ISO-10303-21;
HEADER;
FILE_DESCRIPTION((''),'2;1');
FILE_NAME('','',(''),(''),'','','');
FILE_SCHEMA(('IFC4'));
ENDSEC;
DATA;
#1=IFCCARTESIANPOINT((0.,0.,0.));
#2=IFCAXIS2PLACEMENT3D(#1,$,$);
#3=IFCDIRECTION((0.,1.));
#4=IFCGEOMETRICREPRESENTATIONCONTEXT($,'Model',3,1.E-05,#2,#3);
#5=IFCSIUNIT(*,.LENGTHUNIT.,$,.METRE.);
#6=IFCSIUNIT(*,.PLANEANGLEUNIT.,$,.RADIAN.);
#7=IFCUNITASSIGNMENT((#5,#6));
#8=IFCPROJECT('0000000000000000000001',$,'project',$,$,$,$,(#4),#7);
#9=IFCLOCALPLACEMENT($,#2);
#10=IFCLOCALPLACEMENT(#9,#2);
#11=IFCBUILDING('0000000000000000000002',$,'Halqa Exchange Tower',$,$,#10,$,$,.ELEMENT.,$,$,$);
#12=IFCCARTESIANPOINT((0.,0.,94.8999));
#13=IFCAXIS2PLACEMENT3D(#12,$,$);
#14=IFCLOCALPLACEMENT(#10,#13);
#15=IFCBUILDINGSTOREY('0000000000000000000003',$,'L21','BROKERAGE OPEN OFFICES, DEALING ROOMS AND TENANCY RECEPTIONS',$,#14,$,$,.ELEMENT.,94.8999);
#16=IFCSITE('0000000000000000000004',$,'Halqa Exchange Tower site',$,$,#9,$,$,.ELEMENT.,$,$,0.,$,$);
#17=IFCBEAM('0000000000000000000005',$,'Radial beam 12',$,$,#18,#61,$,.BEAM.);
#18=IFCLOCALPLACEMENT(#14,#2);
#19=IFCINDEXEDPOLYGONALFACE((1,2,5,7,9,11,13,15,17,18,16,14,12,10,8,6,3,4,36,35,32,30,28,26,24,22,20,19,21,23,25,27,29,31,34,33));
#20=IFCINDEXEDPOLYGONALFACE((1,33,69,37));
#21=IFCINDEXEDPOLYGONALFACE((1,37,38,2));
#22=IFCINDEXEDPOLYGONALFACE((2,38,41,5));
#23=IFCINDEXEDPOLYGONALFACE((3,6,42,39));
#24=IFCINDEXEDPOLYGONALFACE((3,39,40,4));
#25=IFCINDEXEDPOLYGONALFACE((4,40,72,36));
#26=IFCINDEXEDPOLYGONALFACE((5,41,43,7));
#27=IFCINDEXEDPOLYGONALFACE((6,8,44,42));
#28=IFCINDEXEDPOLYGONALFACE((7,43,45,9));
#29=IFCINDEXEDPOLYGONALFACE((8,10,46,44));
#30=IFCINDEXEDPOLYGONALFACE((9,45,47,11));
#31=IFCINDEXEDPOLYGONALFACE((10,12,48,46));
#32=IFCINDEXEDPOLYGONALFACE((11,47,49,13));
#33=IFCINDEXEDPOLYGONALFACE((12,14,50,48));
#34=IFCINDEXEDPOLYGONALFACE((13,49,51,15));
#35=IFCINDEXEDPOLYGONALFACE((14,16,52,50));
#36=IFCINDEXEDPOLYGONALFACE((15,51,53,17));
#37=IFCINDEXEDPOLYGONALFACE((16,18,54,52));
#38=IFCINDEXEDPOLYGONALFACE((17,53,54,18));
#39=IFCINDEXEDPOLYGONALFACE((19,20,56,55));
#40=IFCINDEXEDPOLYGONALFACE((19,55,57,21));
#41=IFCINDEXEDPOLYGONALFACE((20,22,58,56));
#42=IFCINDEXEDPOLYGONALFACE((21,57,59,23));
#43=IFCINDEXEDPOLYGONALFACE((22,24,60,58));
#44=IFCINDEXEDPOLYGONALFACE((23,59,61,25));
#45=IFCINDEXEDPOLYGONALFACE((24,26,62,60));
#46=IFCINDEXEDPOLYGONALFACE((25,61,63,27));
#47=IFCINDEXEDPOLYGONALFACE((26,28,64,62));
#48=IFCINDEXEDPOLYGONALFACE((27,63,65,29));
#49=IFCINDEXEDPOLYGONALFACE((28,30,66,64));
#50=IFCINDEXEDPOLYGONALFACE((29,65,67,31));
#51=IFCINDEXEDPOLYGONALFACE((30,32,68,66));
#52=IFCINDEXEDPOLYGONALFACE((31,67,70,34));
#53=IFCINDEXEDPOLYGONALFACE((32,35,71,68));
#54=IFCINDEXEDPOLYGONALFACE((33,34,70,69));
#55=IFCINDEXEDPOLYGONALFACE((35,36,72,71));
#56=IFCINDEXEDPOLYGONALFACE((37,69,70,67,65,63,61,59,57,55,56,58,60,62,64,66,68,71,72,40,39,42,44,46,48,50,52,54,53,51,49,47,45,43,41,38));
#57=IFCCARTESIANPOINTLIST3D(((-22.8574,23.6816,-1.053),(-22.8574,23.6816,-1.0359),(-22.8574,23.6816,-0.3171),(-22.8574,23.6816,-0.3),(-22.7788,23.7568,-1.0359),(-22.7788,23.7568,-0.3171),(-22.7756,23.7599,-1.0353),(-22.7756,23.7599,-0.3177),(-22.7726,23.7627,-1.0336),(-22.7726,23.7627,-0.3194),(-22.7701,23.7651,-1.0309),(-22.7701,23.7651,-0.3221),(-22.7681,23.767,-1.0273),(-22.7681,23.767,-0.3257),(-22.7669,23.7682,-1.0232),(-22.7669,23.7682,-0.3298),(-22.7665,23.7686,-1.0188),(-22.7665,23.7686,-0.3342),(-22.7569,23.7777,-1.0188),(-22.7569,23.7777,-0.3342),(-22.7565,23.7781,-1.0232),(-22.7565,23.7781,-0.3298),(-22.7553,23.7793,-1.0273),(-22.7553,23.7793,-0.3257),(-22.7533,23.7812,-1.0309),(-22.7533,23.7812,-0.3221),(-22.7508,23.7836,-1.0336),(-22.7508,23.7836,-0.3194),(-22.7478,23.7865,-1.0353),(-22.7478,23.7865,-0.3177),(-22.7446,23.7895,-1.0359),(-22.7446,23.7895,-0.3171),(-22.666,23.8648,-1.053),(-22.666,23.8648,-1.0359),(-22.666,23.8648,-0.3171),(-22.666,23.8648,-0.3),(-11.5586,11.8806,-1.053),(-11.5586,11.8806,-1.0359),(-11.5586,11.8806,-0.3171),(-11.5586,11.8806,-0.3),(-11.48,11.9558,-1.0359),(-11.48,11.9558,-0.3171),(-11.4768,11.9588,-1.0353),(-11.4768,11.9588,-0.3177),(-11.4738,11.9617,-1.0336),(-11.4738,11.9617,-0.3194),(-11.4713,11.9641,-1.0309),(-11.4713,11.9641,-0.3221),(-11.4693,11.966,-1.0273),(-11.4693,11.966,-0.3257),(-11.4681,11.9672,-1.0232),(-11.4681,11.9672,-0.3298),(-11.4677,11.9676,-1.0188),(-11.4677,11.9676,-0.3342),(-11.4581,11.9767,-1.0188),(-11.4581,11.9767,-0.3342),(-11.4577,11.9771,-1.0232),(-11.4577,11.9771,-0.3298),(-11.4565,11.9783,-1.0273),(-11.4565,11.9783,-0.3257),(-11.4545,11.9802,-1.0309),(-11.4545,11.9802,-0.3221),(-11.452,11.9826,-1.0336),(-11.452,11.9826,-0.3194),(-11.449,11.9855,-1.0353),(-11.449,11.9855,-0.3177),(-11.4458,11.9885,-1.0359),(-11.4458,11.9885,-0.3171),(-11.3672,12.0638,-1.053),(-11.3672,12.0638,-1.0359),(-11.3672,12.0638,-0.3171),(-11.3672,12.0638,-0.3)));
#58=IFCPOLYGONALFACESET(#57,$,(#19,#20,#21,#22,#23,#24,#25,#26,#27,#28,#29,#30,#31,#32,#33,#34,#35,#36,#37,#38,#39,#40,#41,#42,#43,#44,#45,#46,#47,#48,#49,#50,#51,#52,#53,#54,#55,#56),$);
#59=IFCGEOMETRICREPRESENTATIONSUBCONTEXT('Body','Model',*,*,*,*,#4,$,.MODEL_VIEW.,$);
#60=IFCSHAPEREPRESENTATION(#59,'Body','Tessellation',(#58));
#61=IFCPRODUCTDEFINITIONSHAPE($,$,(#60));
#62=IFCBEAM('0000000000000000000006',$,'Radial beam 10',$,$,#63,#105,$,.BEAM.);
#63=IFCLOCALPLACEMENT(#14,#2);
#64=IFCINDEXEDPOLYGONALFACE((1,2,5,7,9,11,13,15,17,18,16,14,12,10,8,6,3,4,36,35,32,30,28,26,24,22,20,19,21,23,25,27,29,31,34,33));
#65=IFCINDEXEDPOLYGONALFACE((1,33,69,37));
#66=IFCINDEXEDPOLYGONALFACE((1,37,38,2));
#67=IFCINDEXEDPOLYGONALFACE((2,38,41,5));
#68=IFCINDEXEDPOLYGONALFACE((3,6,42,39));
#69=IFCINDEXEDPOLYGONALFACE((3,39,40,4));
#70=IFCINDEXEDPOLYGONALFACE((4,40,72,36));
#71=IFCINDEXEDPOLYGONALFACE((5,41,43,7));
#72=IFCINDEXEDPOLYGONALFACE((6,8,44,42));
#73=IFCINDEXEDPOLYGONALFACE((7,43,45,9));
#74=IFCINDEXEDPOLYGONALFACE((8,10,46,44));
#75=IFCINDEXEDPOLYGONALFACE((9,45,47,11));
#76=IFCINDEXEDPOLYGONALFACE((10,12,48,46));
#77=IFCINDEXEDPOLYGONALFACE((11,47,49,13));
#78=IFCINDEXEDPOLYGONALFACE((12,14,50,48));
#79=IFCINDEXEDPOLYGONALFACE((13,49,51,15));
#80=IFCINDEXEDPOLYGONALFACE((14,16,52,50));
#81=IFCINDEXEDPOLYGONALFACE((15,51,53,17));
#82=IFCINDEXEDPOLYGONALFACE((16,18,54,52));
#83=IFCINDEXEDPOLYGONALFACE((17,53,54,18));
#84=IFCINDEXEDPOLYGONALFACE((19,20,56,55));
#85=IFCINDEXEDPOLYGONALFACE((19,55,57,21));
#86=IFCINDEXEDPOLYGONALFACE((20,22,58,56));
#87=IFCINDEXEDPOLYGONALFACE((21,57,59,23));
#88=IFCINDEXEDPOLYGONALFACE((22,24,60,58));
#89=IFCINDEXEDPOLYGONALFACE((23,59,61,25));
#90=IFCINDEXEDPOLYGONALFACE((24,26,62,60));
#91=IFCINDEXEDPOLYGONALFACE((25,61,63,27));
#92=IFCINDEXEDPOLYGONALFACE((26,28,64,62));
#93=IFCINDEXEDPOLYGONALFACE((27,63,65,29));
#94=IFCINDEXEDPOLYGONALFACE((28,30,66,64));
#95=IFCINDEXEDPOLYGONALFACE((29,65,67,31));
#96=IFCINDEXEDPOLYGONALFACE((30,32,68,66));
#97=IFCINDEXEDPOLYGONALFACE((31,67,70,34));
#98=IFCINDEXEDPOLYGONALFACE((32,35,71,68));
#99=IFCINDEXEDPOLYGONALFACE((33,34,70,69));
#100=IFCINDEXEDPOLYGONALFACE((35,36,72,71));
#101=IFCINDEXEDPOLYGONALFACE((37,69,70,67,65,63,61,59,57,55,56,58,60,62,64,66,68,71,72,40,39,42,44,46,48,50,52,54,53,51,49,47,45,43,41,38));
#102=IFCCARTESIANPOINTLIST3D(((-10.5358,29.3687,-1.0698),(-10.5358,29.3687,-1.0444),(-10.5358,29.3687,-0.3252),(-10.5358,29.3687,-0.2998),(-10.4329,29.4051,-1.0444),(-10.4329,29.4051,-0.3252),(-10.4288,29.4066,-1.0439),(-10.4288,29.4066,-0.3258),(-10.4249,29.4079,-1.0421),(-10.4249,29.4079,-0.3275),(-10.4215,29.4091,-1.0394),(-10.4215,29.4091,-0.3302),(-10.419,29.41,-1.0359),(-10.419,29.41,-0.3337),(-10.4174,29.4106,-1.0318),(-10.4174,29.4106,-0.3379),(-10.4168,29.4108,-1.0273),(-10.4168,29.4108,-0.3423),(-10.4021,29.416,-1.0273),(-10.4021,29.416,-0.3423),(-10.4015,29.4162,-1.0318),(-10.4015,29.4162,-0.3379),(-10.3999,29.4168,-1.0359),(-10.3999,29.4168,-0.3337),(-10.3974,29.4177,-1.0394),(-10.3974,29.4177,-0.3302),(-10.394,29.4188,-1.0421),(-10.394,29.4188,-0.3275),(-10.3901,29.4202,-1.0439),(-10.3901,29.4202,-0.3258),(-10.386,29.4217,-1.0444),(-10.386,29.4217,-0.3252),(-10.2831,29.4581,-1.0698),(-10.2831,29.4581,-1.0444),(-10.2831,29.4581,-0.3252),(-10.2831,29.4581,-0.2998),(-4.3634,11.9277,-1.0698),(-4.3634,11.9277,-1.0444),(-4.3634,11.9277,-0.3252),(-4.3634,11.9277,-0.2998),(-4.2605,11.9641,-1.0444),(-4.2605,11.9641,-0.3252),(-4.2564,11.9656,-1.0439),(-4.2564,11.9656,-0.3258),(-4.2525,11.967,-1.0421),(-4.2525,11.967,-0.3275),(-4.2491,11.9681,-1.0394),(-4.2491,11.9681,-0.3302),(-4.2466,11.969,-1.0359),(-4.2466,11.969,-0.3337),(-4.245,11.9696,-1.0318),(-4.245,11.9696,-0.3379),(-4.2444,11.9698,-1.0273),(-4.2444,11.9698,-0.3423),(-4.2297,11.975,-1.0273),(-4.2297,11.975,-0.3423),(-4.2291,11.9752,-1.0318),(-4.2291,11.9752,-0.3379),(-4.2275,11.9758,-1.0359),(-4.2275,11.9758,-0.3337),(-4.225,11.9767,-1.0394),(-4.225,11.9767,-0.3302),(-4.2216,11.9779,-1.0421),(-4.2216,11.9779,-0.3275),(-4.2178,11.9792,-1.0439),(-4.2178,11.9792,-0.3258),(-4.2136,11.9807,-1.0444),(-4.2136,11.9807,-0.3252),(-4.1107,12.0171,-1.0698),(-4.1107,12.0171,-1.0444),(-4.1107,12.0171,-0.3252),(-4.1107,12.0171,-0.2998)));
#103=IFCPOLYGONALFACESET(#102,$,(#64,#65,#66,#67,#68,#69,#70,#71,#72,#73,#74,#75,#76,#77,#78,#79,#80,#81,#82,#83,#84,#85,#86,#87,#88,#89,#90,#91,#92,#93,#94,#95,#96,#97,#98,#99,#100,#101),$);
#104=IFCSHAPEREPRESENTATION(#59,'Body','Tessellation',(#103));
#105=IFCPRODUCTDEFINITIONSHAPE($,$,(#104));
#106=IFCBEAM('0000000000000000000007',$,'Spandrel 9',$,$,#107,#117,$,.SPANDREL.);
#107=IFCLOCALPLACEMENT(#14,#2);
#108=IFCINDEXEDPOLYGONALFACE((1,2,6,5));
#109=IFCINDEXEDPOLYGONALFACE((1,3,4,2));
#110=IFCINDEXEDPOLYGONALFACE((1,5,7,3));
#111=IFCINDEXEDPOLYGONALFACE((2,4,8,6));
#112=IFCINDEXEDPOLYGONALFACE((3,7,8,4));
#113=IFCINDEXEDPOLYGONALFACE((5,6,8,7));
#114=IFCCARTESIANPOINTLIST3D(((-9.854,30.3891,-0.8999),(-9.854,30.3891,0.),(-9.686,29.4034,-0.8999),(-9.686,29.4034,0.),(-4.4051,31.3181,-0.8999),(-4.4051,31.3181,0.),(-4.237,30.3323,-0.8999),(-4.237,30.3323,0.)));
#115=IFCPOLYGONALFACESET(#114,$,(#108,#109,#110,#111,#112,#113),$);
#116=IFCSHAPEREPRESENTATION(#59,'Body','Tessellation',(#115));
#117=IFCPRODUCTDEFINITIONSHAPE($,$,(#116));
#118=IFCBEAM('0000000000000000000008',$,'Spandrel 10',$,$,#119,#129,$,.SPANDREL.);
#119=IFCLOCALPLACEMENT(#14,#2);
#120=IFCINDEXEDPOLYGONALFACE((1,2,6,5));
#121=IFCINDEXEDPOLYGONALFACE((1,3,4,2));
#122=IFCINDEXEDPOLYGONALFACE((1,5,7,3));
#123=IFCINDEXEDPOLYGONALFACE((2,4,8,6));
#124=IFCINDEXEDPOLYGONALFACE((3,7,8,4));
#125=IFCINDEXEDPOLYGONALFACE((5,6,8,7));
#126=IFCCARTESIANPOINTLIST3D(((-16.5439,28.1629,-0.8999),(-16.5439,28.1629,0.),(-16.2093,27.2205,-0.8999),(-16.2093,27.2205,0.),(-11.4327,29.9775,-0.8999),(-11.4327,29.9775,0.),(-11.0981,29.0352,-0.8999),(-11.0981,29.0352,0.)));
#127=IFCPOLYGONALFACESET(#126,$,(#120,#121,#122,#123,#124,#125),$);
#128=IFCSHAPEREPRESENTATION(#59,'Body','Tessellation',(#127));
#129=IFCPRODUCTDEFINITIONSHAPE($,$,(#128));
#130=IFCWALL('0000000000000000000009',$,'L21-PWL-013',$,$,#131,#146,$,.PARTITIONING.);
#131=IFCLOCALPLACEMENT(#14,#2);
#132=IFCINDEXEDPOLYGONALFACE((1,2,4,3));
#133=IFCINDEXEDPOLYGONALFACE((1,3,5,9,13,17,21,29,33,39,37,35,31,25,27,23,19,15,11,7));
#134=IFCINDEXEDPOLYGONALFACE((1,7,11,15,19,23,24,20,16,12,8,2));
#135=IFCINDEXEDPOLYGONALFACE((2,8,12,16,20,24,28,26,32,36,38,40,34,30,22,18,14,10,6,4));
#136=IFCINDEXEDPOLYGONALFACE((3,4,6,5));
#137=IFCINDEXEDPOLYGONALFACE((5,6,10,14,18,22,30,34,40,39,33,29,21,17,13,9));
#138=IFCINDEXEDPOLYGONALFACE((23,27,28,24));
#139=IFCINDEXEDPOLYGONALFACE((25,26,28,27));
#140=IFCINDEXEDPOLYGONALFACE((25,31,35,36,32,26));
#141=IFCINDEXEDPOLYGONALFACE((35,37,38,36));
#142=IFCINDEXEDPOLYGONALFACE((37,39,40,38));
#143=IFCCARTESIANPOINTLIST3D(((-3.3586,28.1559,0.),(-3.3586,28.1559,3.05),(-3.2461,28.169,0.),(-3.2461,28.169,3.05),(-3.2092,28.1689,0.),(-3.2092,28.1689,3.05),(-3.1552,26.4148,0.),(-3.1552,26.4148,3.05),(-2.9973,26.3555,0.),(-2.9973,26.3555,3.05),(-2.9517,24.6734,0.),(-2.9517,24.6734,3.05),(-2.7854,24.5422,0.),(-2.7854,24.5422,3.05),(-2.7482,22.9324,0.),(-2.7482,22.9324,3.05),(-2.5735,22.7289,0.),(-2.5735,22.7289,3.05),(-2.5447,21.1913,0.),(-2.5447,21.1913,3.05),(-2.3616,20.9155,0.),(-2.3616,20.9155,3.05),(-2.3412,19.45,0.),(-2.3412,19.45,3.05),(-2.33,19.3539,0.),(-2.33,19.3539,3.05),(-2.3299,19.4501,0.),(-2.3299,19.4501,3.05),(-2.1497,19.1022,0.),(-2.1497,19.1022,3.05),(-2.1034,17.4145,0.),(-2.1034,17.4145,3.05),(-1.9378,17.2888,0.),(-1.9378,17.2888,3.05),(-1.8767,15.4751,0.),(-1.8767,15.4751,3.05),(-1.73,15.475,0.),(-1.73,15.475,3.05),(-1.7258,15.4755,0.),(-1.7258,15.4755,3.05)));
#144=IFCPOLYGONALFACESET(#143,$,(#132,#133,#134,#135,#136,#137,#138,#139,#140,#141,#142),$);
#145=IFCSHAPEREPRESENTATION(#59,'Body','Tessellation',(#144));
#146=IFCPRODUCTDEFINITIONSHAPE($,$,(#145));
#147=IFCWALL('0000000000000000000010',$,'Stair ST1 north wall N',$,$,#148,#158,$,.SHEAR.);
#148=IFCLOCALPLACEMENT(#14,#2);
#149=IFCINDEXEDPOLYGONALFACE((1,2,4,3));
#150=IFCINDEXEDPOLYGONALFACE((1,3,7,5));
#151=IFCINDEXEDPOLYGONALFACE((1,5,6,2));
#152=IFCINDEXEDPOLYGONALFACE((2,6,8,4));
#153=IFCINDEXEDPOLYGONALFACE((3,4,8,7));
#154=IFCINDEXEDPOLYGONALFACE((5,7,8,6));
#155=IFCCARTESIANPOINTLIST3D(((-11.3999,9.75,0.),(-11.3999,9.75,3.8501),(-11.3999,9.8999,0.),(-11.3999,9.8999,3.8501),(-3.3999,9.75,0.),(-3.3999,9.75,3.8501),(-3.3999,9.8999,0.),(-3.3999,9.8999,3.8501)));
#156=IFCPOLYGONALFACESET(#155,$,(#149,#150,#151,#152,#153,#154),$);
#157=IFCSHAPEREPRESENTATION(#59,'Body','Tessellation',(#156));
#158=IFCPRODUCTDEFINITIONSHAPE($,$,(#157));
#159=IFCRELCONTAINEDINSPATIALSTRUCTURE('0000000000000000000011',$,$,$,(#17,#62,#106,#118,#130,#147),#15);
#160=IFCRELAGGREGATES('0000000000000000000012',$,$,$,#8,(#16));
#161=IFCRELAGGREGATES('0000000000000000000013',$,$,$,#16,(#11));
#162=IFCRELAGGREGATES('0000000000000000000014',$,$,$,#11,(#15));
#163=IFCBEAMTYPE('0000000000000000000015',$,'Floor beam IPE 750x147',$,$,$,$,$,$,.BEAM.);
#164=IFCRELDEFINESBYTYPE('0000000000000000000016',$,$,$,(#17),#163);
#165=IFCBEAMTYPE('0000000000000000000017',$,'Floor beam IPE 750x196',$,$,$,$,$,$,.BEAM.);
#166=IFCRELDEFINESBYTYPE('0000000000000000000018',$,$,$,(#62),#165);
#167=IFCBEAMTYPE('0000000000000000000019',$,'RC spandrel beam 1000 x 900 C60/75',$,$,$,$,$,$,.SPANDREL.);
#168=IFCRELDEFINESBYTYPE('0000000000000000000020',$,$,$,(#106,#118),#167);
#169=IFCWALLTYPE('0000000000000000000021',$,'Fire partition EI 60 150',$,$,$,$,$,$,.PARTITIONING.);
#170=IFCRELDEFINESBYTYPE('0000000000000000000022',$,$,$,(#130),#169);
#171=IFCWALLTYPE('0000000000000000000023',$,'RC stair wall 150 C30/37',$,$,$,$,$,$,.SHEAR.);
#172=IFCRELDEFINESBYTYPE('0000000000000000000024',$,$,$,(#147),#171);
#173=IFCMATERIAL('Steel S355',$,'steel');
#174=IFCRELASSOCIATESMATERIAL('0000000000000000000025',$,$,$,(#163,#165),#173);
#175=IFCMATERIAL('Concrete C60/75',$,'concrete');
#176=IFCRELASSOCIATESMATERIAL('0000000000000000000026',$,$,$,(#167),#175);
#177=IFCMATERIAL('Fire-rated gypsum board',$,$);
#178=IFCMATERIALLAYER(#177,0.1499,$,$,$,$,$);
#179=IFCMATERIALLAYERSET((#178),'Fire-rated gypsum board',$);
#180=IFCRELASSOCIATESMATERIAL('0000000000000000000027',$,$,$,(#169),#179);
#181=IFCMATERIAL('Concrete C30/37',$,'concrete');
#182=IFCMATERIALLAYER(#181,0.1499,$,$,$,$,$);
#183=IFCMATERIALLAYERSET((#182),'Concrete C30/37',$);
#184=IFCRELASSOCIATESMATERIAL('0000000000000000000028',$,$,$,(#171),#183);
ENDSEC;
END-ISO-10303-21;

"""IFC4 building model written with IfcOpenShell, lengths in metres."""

from ifc_helpers import new_model, si_unit, direction, frame, frame_2d, origin, origin_2d, place, context, subcontext, project, spatial, polyline, rectangle, i_section, outline, extrude, material, layer, layer_set, material_profile, profile_set, type_object, element, save


model = new_model("IFC4")

# Units and contexts
model_context = context("Model", 3, precision=1e-05, world=origin(), true_north=direction((0.0, 1.0)))
body_context = subcontext(model_context, "Body", "Model", "MODEL_VIEW")
ifc_project = project(units=[si_unit("LENGTHUNIT", "METRE"), si_unit("PLANEANGLEUNIT", "RADIAN")], contexts=[model_context])

# Site, building, storey
site_placement = place(None, origin())
site = spatial("IfcSite", under=ifc_project, at=site_placement, Name="Halqa Exchange Tower site", CompositionType="ELEMENT", RefElevation=0.0)
building_placement = place(site_placement, origin())
building = spatial("IfcBuilding", under=site, at=building_placement, Name="Halqa Exchange Tower", CompositionType="ELEMENT")
storey_placement = place(building_placement, frame((0.0, 0.0, 94.8999)))
storey = spatial("IfcBuildingStorey", under=building, at=storey_placement, Name="L21", Description="BROKERAGE OPEN OFFICES, DEALING ROOMS AND TENANCY RECEPTIONS", CompositionType="ELEMENT", Elevation=94.8999)

# Beams
ifc_material_1 = material(Name="Steel S355", Category="steel")
ifc_material_profile_1 = material_profile(ifc_material_1, i_section(OverallWidth=0.2649, OverallDepth=0.7529, WebThickness=0.0132, FlangeThickness=0.0171, FilletRadius=0.0171, at=origin_2d()), Name="IPE 750x147")
ifc_profile_set_1 = profile_set([ifc_material_profile_1], Name="Steel S355")
beam_type_1 = type_object("IfcBeamType", Name="Floor beam IPE 750x147", PredefinedType="BEAM", material=ifc_profile_set_1)
beam_1_placement = place(storey_placement, frame((-11.4629, 11.9722, -0.6765), z_axis=(-0.691571, 0.722309, 0.0), x_axis=(-0.722309, -0.691571, 0.0)))
element("IfcBeam", 1, at=beam_1_placement, inside=storey, type_object=beam_type_1, Name="Radial beam 12", PredefinedType="BEAM", context=body_context, shape_type="SweptSolid", body=[
    extrude(i_section(OverallWidth=0.2649, OverallDepth=0.7529, WebThickness=0.0132, FlangeThickness=0.0171, FilletRadius=0.0171, at=origin_2d()), origin(), (0.0, 0.0, 1.0), 16.3379),
])
ifc_material_profile_2 = material_profile(ifc_material_1, i_section(OverallWidth=0.2681, OverallDepth=0.77, WebThickness=0.0156, FlangeThickness=0.0254, FilletRadius=0.0171, at=origin_2d()), Name="IPE 750x196")
ifc_profile_set_2 = profile_set([ifc_material_profile_2], Name="Steel S355")
beam_type_2 = type_object("IfcBeamType", Name="Floor beam IPE 750x196", PredefinedType="BEAM", material=ifc_profile_set_2)
beam_2_placement = place(storey_placement, frame((-4.2371, 11.9724, -0.6848), z_axis=(-0.333625, 0.942706, 0.0), x_axis=(-0.942706, -0.333625, 0.0)))
element("IfcBeam", 2, at=beam_2_placement, inside=storey, type_object=beam_type_2, Name="Radial beam 10", PredefinedType="BEAM", context=body_context, shape_type="SweptSolid", body=[
    extrude(i_section(OverallWidth=0.2681, OverallDepth=0.77, WebThickness=0.0156, FlangeThickness=0.0254, FilletRadius=0.0171, at=origin_2d()), origin(), (0.0, 0.0, 1.0), 18.501),
])
ifc_material_2 = material(Name="Concrete C60/75", Category="concrete")
ifc_material_profile_3 = material_profile(ifc_material_2, rectangle(XDim=1.0, YDim=0.8999, at=origin_2d()), Name="1000 x 900")
ifc_profile_set_3 = profile_set([ifc_material_profile_3], Name="Concrete C60/75")
beam_type_3 = type_object("IfcBeamType", Name="RC spandrel beam 1000 x 900 C60/75", PredefinedType="SPANDREL", material=ifc_profile_set_3)
beam_3_placement = place(storey_placement, frame((-4.321, 30.8252, -0.45), z_axis=(-0.985777, -0.168058, 0.0), x_axis=(0.168058, -0.985777, 0.0)))
element("IfcBeam", 3, at=beam_3_placement, inside=storey, type_object=beam_type_3, Name="Spandrel 9", PredefinedType="SPANDREL", context=body_context, shape_type="SweptSolid", body=[
    extrude(rectangle(XDim=1.0, YDim=0.8999, at=origin_2d()), origin(), (0.0, 0.0, 1.0), 5.5276),
])
beam_4_placement = place(storey_placement, frame((-11.2654, 29.5063, -0.45), z_axis=(-0.94237, -0.334574, 0.0), x_axis=(0.334574, -0.94237, 0.0)))
element("IfcBeam", 4, at=beam_4_placement, inside=storey, type_object=beam_type_3, Name="Spandrel 10", PredefinedType="SPANDREL", context=body_context, shape_type="SweptSolid", body=[
    extrude(rectangle(XDim=1.0, YDim=0.8999, at=origin_2d()), origin(), (0.0, 0.0, 1.0), 5.4238),
])

# Walls
ifc_material_3 = material(Name="Fire-rated gypsum board")
ifc_layer_1 = layer(ifc_material_3, 0.1499)
ifc_layer_set_1 = layer_set([ifc_layer_1], Name="Fire-rated gypsum board")
wall_type_1 = type_object("IfcWallType", Name="Fire partition EI 60 150", PredefinedType="PARTITIONING", material=ifc_layer_set_1)
wall_1_placement = place(storey_placement, frame((-3.2842, 28.1646, 0.0), z_axis=(0.0, 0.0, 1.0), x_axis=(0.116072, -0.993241, 0.0)))
element("IfcWall", 5, at=wall_1_placement, inside=storey, type_object=wall_type_1, Name="L21-PWL-013", PredefinedType="PARTITIONING", context=body_context, shape_type="SweptSolid", body=[
    extrude(outline(polyline([(0.0, -0.075), (1.7529, -0.075), (3.5061, -0.075), (5.259, -0.075), (7.012, -0.075), (8.7651, -0.075), (8.7664, -0.0637), (8.8618, -0.075), (10.8145, -0.075), (12.7671, -0.075), (12.7842, 0.0708), (12.7842, 0.075), (10.9585, 0.075), (9.1328, 0.075), (7.3071, 0.075), (5.4814, 0.075), (3.6558, 0.075), (1.8301, 0.075), (0.0044, 0.075), (0.0, 0.0383), (0.0, -0.075)])), origin(), (0.0, 0.0, 1.0), 3.05),
])
ifc_material_4 = material(Name="Concrete C30/37", Category="concrete")
ifc_layer_2 = layer(ifc_material_4, 0.1499)
ifc_layer_set_2 = layer_set([ifc_layer_2], Name="Concrete C30/37")
wall_type_2 = type_object("IfcWallType", Name="RC stair wall 150 C30/37", PredefinedType="SHEAR", material=ifc_layer_set_2)
wall_2_placement = place(storey_placement, frame((-11.3999, 9.825, 0.0), z_axis=(0.0, 0.0, 1.0), x_axis=(1.0, 0.0, 0.0)))
element("IfcWall", 6, at=wall_2_placement, inside=storey, type_object=wall_type_2, Name="Stair ST1 north wall N", PredefinedType="SHEAR", context=body_context, shape_type="SweptSolid", body=[
    extrude(rectangle(XDim=8.0, YDim=0.1499, at=frame_2d((4.0, 0.0))), origin(), (0.0, 0.0, 1.0), 3.8501),
])

save(model, "model.ifc")
